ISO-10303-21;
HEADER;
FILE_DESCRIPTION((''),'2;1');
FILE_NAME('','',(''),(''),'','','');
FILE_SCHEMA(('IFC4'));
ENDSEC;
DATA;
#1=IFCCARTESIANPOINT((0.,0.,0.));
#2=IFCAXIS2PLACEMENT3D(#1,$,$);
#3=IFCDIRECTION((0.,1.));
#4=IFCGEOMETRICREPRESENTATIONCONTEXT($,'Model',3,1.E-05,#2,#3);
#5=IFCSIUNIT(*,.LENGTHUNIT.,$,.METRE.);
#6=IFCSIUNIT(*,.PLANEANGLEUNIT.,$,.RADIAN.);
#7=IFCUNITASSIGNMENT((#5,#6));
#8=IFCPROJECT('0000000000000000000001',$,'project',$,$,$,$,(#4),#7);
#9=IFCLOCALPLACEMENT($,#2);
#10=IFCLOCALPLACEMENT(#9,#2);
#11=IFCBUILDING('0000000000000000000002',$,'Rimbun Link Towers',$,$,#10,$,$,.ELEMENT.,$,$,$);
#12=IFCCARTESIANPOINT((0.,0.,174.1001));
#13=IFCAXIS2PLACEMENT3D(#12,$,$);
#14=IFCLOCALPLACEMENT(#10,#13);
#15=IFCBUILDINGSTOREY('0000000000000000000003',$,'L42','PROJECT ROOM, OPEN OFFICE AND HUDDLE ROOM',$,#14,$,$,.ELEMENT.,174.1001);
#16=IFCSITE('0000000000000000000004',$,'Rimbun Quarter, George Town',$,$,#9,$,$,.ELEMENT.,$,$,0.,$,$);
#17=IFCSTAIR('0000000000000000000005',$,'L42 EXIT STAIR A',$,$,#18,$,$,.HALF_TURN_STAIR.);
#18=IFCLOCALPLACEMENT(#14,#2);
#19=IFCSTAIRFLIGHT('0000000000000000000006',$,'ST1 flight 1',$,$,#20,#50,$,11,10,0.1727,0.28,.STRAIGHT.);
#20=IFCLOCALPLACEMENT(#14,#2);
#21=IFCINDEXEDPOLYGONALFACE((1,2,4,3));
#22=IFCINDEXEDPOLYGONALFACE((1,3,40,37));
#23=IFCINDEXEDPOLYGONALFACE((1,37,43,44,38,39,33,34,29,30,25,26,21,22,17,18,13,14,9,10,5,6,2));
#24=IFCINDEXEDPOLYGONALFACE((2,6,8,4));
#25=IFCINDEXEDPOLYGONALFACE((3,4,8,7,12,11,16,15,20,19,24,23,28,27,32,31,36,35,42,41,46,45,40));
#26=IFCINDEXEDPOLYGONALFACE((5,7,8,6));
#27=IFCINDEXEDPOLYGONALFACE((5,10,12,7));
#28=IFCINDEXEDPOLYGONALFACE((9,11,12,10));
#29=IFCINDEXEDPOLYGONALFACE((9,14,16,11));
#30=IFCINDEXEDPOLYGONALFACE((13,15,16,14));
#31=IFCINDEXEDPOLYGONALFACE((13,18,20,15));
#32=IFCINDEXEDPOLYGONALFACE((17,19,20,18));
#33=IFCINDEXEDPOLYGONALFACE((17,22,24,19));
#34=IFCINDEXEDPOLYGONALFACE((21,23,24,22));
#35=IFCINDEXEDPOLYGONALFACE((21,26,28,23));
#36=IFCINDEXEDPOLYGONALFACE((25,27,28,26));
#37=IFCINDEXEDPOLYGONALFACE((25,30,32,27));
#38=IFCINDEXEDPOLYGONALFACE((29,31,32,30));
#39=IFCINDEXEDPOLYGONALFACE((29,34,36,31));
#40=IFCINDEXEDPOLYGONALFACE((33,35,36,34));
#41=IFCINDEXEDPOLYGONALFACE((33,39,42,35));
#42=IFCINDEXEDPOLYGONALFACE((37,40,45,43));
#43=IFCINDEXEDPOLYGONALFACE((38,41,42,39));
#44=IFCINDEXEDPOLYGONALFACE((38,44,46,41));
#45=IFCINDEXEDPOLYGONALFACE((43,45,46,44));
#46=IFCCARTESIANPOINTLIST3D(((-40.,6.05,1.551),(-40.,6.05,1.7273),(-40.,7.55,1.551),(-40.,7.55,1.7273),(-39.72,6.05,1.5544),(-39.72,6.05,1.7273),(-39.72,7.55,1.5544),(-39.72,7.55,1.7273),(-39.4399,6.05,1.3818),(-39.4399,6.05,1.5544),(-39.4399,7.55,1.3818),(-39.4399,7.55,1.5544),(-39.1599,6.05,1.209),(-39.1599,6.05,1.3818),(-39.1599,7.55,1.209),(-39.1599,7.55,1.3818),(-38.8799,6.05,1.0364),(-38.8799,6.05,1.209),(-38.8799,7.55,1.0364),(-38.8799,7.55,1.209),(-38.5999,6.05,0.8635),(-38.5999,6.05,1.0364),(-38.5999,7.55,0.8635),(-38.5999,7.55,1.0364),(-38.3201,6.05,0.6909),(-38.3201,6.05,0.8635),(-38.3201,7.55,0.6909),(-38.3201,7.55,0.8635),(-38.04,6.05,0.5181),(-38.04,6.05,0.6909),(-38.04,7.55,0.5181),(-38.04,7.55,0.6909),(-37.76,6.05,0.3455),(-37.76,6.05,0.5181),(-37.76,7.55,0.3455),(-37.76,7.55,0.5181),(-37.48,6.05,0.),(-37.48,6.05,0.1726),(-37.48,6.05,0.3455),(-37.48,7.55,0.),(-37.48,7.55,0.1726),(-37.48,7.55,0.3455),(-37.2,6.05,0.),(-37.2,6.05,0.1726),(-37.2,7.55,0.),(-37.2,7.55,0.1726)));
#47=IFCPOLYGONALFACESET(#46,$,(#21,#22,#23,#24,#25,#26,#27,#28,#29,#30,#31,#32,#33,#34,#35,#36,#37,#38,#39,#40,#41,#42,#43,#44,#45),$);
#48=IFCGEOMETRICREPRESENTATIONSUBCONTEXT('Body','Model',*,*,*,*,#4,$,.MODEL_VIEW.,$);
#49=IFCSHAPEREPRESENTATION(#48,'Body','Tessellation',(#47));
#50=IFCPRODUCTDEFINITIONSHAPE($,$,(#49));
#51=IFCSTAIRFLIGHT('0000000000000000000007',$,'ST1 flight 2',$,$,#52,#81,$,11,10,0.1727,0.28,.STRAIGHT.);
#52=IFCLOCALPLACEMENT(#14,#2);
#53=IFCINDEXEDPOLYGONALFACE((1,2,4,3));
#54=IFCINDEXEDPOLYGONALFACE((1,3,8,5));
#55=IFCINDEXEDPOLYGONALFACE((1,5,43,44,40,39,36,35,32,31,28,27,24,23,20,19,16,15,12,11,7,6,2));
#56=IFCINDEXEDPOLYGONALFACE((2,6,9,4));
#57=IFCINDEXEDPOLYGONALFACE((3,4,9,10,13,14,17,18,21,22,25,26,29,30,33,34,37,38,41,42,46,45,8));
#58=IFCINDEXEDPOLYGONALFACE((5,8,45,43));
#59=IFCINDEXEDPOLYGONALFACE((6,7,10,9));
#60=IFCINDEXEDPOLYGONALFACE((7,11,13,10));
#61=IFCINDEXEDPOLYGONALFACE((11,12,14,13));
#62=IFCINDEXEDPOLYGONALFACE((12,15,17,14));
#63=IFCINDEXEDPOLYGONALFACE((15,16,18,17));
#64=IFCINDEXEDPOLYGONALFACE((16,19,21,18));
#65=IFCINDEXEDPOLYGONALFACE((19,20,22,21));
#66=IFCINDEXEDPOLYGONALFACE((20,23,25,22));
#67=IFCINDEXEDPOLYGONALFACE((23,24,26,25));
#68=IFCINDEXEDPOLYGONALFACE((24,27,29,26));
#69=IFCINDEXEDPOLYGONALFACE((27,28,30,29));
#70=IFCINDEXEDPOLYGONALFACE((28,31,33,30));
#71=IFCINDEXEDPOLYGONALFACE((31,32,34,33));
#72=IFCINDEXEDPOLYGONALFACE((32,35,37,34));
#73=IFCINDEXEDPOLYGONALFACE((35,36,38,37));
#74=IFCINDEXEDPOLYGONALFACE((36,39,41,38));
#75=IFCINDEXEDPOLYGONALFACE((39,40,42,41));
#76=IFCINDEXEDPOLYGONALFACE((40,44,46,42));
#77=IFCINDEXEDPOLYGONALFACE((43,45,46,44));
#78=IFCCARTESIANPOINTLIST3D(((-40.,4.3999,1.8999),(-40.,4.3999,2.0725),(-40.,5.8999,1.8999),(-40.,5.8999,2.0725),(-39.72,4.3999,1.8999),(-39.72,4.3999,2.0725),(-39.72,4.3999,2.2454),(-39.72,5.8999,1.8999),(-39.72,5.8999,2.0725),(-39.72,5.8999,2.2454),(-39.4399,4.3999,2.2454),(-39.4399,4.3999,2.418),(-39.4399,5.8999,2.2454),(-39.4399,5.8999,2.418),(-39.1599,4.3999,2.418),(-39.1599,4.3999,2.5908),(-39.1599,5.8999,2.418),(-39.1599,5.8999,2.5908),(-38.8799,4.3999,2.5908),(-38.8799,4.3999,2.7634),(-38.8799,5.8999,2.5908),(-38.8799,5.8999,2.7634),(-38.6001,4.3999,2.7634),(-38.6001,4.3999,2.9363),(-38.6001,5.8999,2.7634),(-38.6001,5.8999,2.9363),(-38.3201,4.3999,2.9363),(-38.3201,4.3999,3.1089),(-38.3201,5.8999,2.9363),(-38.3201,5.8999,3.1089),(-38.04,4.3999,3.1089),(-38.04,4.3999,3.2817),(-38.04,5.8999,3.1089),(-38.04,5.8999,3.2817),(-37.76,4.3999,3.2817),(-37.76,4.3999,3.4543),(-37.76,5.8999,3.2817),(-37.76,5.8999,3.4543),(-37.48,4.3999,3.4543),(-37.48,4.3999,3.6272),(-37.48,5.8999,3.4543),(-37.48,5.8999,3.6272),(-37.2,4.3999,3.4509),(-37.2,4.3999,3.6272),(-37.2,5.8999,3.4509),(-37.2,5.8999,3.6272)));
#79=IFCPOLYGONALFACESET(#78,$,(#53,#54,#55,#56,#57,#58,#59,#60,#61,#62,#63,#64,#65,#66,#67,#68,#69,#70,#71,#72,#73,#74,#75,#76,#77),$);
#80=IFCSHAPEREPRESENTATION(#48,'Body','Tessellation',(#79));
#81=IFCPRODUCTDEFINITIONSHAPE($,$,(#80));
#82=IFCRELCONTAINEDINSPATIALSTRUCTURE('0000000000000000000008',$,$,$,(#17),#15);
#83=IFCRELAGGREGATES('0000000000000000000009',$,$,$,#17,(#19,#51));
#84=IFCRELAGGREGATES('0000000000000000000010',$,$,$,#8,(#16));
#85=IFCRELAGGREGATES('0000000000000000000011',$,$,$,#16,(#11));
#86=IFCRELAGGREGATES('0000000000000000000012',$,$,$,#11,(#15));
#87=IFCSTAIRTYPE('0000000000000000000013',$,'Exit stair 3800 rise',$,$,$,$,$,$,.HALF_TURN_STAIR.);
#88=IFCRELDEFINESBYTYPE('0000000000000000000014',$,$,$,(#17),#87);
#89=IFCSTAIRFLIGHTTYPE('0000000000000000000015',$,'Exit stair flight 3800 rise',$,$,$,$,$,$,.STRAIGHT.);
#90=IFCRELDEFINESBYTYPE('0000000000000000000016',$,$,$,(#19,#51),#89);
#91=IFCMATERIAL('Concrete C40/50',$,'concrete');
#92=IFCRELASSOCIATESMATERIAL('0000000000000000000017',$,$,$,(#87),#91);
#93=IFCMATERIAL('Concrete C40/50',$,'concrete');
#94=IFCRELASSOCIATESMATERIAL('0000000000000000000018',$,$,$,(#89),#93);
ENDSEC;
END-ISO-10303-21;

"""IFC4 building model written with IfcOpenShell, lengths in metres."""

from ifc_helpers import new_model, si_unit, direction, frame, origin, place, context, subcontext, project, spatial, polyline, outline, extrude, material, type_object, element, aggregate, save


model = new_model("IFC4")

# Units and contexts
model_context = context("Model", 3, precision=1e-05, world=origin(), true_north=direction((0.0, 1.0)))
body_context = subcontext(model_context, "Body", "Model", "MODEL_VIEW")
ifc_project = project(units=[si_unit("LENGTHUNIT", "METRE"), si_unit("PLANEANGLEUNIT", "RADIAN")], contexts=[model_context])

# Site, building, storey
site_placement = place(None, origin())
site = spatial("IfcSite", under=ifc_project, at=site_placement, Name="Rimbun Quarter, George Town", CompositionType="ELEMENT", RefElevation=0.0)
building_placement = place(site_placement, origin())
building = spatial("IfcBuilding", under=site, at=building_placement, Name="Rimbun Link Towers", CompositionType="ELEMENT")
storey_placement = place(building_placement, frame((0.0, 0.0, 174.1001)))
storey = spatial("IfcBuildingStorey", under=building, at=storey_placement, Name="L42", Description="PROJECT ROOM, OPEN OFFICE AND HUDDLE ROOM", CompositionType="ELEMENT", Elevation=174.1001)

# Stair, stair flights
ifc_material_1 = material(Name="Concrete C40/50", Category="concrete")
stair_type = type_object("IfcStairType", Name="Exit stair 3800 rise", PredefinedType="HALF_TURN_STAIR", material=ifc_material_1)
stair_placement = place(storey_placement, origin())
stair = element("IfcStair", 1, at=stair_placement, inside=storey, type_object=stair_type, Name="L42 EXIT STAIR A", PredefinedType="HALF_TURN_STAIR")
ifc_material_2 = material(Name="Concrete C40/50", Category="concrete")
stair_flight_type = type_object("IfcStairFlightType", Name="Exit stair flight 3800 rise", PredefinedType="STRAIGHT", material=ifc_material_2)
stair_flight_1_placement = place(storey_placement, frame((-37.2, 6.8, 0.0), z_axis=(0.0, 0.0, 1.0), x_axis=(-1.0, 0.0, 0.0)))
stair_flight_1 = element("IfcStairFlight", 2, at=stair_flight_1_placement, type_object=stair_flight_type, Name="ST1 flight 1", NumberOfRisers=11, NumberOfTreads=10, PredefinedType="STRAIGHT", RiserHeight=0.1727, TreadLength=0.28, context=body_context, shape_type="SweptSolid", body=[
    extrude(outline(polyline([(0.0, 0.0), (0.0, 0.1726), (0.28, 0.1726), (0.28, 0.3455), (0.5601, 0.3455), (0.5601, 0.5181), (0.8401, 0.5181), (0.8401, 0.6909), (1.1201, 0.6909), (1.1201, 0.8635), (1.3999, 0.8635), (1.3999, 1.0364), (1.6799, 1.0364), (1.6799, 1.209), (1.96, 1.209), (1.96, 1.3818), (2.24, 1.3818), (2.24, 1.5544), (2.52, 1.5544), (2.52, 1.7273), (2.8, 1.7273), (2.8, 1.8999), (2.8, 1.551), (0.28, 0.0), (0.0, 0.0)])), frame((0.0, 0.75, 0.0), z_axis=(0.0, -1.0, 0.0), x_axis=(1.0, 0.0, 0.0)), (0.0, 0.0, 1.0), 1.5),
])
stair_flight_2_placement = place(storey_placement, frame((-40.0, 5.1499, 1.8999), z_axis=(0.0, 0.0, 1.0), x_axis=(1.0, 0.0, 0.0)))
stair_flight_2 = element("IfcStairFlight", 3, at=stair_flight_2_placement, type_object=stair_flight_type, Name="ST1 flight 2", NumberOfRisers=11, NumberOfTreads=10, PredefinedType="STRAIGHT", RiserHeight=0.1727, TreadLength=0.28, context=body_context, shape_type="SweptSolid", body=[
    extrude(outline(polyline([(0.0, 0.0), (0.0, 0.1726), (0.28, 0.1726), (0.28, 0.3455), (0.5601, 0.3455), (0.5601, 0.5181), (0.8401, 0.5181), (0.8401, 0.6909), (1.1201, 0.6909), (1.1201, 0.8635), (1.3999, 0.8635), (1.3999, 1.0364), (1.6799, 1.0364), (1.6799, 1.209), (1.96, 1.209), (1.96, 1.3818), (2.24, 1.3818), (2.24, 1.5544), (2.52, 1.5544), (2.52, 1.7273), (2.8, 1.7273), (2.8, 1.8999), (2.8, 1.551), (0.28, 0.0), (0.0, 0.0)])), frame((0.0, 0.75, 0.0), z_axis=(0.0, -1.0, 0.0), x_axis=(1.0, 0.0, 0.0)), (0.0, 0.0, 1.0), 1.5),
])
aggregate(stair, [stair_flight_1, stair_flight_2])

save(model, "model.ifc")
